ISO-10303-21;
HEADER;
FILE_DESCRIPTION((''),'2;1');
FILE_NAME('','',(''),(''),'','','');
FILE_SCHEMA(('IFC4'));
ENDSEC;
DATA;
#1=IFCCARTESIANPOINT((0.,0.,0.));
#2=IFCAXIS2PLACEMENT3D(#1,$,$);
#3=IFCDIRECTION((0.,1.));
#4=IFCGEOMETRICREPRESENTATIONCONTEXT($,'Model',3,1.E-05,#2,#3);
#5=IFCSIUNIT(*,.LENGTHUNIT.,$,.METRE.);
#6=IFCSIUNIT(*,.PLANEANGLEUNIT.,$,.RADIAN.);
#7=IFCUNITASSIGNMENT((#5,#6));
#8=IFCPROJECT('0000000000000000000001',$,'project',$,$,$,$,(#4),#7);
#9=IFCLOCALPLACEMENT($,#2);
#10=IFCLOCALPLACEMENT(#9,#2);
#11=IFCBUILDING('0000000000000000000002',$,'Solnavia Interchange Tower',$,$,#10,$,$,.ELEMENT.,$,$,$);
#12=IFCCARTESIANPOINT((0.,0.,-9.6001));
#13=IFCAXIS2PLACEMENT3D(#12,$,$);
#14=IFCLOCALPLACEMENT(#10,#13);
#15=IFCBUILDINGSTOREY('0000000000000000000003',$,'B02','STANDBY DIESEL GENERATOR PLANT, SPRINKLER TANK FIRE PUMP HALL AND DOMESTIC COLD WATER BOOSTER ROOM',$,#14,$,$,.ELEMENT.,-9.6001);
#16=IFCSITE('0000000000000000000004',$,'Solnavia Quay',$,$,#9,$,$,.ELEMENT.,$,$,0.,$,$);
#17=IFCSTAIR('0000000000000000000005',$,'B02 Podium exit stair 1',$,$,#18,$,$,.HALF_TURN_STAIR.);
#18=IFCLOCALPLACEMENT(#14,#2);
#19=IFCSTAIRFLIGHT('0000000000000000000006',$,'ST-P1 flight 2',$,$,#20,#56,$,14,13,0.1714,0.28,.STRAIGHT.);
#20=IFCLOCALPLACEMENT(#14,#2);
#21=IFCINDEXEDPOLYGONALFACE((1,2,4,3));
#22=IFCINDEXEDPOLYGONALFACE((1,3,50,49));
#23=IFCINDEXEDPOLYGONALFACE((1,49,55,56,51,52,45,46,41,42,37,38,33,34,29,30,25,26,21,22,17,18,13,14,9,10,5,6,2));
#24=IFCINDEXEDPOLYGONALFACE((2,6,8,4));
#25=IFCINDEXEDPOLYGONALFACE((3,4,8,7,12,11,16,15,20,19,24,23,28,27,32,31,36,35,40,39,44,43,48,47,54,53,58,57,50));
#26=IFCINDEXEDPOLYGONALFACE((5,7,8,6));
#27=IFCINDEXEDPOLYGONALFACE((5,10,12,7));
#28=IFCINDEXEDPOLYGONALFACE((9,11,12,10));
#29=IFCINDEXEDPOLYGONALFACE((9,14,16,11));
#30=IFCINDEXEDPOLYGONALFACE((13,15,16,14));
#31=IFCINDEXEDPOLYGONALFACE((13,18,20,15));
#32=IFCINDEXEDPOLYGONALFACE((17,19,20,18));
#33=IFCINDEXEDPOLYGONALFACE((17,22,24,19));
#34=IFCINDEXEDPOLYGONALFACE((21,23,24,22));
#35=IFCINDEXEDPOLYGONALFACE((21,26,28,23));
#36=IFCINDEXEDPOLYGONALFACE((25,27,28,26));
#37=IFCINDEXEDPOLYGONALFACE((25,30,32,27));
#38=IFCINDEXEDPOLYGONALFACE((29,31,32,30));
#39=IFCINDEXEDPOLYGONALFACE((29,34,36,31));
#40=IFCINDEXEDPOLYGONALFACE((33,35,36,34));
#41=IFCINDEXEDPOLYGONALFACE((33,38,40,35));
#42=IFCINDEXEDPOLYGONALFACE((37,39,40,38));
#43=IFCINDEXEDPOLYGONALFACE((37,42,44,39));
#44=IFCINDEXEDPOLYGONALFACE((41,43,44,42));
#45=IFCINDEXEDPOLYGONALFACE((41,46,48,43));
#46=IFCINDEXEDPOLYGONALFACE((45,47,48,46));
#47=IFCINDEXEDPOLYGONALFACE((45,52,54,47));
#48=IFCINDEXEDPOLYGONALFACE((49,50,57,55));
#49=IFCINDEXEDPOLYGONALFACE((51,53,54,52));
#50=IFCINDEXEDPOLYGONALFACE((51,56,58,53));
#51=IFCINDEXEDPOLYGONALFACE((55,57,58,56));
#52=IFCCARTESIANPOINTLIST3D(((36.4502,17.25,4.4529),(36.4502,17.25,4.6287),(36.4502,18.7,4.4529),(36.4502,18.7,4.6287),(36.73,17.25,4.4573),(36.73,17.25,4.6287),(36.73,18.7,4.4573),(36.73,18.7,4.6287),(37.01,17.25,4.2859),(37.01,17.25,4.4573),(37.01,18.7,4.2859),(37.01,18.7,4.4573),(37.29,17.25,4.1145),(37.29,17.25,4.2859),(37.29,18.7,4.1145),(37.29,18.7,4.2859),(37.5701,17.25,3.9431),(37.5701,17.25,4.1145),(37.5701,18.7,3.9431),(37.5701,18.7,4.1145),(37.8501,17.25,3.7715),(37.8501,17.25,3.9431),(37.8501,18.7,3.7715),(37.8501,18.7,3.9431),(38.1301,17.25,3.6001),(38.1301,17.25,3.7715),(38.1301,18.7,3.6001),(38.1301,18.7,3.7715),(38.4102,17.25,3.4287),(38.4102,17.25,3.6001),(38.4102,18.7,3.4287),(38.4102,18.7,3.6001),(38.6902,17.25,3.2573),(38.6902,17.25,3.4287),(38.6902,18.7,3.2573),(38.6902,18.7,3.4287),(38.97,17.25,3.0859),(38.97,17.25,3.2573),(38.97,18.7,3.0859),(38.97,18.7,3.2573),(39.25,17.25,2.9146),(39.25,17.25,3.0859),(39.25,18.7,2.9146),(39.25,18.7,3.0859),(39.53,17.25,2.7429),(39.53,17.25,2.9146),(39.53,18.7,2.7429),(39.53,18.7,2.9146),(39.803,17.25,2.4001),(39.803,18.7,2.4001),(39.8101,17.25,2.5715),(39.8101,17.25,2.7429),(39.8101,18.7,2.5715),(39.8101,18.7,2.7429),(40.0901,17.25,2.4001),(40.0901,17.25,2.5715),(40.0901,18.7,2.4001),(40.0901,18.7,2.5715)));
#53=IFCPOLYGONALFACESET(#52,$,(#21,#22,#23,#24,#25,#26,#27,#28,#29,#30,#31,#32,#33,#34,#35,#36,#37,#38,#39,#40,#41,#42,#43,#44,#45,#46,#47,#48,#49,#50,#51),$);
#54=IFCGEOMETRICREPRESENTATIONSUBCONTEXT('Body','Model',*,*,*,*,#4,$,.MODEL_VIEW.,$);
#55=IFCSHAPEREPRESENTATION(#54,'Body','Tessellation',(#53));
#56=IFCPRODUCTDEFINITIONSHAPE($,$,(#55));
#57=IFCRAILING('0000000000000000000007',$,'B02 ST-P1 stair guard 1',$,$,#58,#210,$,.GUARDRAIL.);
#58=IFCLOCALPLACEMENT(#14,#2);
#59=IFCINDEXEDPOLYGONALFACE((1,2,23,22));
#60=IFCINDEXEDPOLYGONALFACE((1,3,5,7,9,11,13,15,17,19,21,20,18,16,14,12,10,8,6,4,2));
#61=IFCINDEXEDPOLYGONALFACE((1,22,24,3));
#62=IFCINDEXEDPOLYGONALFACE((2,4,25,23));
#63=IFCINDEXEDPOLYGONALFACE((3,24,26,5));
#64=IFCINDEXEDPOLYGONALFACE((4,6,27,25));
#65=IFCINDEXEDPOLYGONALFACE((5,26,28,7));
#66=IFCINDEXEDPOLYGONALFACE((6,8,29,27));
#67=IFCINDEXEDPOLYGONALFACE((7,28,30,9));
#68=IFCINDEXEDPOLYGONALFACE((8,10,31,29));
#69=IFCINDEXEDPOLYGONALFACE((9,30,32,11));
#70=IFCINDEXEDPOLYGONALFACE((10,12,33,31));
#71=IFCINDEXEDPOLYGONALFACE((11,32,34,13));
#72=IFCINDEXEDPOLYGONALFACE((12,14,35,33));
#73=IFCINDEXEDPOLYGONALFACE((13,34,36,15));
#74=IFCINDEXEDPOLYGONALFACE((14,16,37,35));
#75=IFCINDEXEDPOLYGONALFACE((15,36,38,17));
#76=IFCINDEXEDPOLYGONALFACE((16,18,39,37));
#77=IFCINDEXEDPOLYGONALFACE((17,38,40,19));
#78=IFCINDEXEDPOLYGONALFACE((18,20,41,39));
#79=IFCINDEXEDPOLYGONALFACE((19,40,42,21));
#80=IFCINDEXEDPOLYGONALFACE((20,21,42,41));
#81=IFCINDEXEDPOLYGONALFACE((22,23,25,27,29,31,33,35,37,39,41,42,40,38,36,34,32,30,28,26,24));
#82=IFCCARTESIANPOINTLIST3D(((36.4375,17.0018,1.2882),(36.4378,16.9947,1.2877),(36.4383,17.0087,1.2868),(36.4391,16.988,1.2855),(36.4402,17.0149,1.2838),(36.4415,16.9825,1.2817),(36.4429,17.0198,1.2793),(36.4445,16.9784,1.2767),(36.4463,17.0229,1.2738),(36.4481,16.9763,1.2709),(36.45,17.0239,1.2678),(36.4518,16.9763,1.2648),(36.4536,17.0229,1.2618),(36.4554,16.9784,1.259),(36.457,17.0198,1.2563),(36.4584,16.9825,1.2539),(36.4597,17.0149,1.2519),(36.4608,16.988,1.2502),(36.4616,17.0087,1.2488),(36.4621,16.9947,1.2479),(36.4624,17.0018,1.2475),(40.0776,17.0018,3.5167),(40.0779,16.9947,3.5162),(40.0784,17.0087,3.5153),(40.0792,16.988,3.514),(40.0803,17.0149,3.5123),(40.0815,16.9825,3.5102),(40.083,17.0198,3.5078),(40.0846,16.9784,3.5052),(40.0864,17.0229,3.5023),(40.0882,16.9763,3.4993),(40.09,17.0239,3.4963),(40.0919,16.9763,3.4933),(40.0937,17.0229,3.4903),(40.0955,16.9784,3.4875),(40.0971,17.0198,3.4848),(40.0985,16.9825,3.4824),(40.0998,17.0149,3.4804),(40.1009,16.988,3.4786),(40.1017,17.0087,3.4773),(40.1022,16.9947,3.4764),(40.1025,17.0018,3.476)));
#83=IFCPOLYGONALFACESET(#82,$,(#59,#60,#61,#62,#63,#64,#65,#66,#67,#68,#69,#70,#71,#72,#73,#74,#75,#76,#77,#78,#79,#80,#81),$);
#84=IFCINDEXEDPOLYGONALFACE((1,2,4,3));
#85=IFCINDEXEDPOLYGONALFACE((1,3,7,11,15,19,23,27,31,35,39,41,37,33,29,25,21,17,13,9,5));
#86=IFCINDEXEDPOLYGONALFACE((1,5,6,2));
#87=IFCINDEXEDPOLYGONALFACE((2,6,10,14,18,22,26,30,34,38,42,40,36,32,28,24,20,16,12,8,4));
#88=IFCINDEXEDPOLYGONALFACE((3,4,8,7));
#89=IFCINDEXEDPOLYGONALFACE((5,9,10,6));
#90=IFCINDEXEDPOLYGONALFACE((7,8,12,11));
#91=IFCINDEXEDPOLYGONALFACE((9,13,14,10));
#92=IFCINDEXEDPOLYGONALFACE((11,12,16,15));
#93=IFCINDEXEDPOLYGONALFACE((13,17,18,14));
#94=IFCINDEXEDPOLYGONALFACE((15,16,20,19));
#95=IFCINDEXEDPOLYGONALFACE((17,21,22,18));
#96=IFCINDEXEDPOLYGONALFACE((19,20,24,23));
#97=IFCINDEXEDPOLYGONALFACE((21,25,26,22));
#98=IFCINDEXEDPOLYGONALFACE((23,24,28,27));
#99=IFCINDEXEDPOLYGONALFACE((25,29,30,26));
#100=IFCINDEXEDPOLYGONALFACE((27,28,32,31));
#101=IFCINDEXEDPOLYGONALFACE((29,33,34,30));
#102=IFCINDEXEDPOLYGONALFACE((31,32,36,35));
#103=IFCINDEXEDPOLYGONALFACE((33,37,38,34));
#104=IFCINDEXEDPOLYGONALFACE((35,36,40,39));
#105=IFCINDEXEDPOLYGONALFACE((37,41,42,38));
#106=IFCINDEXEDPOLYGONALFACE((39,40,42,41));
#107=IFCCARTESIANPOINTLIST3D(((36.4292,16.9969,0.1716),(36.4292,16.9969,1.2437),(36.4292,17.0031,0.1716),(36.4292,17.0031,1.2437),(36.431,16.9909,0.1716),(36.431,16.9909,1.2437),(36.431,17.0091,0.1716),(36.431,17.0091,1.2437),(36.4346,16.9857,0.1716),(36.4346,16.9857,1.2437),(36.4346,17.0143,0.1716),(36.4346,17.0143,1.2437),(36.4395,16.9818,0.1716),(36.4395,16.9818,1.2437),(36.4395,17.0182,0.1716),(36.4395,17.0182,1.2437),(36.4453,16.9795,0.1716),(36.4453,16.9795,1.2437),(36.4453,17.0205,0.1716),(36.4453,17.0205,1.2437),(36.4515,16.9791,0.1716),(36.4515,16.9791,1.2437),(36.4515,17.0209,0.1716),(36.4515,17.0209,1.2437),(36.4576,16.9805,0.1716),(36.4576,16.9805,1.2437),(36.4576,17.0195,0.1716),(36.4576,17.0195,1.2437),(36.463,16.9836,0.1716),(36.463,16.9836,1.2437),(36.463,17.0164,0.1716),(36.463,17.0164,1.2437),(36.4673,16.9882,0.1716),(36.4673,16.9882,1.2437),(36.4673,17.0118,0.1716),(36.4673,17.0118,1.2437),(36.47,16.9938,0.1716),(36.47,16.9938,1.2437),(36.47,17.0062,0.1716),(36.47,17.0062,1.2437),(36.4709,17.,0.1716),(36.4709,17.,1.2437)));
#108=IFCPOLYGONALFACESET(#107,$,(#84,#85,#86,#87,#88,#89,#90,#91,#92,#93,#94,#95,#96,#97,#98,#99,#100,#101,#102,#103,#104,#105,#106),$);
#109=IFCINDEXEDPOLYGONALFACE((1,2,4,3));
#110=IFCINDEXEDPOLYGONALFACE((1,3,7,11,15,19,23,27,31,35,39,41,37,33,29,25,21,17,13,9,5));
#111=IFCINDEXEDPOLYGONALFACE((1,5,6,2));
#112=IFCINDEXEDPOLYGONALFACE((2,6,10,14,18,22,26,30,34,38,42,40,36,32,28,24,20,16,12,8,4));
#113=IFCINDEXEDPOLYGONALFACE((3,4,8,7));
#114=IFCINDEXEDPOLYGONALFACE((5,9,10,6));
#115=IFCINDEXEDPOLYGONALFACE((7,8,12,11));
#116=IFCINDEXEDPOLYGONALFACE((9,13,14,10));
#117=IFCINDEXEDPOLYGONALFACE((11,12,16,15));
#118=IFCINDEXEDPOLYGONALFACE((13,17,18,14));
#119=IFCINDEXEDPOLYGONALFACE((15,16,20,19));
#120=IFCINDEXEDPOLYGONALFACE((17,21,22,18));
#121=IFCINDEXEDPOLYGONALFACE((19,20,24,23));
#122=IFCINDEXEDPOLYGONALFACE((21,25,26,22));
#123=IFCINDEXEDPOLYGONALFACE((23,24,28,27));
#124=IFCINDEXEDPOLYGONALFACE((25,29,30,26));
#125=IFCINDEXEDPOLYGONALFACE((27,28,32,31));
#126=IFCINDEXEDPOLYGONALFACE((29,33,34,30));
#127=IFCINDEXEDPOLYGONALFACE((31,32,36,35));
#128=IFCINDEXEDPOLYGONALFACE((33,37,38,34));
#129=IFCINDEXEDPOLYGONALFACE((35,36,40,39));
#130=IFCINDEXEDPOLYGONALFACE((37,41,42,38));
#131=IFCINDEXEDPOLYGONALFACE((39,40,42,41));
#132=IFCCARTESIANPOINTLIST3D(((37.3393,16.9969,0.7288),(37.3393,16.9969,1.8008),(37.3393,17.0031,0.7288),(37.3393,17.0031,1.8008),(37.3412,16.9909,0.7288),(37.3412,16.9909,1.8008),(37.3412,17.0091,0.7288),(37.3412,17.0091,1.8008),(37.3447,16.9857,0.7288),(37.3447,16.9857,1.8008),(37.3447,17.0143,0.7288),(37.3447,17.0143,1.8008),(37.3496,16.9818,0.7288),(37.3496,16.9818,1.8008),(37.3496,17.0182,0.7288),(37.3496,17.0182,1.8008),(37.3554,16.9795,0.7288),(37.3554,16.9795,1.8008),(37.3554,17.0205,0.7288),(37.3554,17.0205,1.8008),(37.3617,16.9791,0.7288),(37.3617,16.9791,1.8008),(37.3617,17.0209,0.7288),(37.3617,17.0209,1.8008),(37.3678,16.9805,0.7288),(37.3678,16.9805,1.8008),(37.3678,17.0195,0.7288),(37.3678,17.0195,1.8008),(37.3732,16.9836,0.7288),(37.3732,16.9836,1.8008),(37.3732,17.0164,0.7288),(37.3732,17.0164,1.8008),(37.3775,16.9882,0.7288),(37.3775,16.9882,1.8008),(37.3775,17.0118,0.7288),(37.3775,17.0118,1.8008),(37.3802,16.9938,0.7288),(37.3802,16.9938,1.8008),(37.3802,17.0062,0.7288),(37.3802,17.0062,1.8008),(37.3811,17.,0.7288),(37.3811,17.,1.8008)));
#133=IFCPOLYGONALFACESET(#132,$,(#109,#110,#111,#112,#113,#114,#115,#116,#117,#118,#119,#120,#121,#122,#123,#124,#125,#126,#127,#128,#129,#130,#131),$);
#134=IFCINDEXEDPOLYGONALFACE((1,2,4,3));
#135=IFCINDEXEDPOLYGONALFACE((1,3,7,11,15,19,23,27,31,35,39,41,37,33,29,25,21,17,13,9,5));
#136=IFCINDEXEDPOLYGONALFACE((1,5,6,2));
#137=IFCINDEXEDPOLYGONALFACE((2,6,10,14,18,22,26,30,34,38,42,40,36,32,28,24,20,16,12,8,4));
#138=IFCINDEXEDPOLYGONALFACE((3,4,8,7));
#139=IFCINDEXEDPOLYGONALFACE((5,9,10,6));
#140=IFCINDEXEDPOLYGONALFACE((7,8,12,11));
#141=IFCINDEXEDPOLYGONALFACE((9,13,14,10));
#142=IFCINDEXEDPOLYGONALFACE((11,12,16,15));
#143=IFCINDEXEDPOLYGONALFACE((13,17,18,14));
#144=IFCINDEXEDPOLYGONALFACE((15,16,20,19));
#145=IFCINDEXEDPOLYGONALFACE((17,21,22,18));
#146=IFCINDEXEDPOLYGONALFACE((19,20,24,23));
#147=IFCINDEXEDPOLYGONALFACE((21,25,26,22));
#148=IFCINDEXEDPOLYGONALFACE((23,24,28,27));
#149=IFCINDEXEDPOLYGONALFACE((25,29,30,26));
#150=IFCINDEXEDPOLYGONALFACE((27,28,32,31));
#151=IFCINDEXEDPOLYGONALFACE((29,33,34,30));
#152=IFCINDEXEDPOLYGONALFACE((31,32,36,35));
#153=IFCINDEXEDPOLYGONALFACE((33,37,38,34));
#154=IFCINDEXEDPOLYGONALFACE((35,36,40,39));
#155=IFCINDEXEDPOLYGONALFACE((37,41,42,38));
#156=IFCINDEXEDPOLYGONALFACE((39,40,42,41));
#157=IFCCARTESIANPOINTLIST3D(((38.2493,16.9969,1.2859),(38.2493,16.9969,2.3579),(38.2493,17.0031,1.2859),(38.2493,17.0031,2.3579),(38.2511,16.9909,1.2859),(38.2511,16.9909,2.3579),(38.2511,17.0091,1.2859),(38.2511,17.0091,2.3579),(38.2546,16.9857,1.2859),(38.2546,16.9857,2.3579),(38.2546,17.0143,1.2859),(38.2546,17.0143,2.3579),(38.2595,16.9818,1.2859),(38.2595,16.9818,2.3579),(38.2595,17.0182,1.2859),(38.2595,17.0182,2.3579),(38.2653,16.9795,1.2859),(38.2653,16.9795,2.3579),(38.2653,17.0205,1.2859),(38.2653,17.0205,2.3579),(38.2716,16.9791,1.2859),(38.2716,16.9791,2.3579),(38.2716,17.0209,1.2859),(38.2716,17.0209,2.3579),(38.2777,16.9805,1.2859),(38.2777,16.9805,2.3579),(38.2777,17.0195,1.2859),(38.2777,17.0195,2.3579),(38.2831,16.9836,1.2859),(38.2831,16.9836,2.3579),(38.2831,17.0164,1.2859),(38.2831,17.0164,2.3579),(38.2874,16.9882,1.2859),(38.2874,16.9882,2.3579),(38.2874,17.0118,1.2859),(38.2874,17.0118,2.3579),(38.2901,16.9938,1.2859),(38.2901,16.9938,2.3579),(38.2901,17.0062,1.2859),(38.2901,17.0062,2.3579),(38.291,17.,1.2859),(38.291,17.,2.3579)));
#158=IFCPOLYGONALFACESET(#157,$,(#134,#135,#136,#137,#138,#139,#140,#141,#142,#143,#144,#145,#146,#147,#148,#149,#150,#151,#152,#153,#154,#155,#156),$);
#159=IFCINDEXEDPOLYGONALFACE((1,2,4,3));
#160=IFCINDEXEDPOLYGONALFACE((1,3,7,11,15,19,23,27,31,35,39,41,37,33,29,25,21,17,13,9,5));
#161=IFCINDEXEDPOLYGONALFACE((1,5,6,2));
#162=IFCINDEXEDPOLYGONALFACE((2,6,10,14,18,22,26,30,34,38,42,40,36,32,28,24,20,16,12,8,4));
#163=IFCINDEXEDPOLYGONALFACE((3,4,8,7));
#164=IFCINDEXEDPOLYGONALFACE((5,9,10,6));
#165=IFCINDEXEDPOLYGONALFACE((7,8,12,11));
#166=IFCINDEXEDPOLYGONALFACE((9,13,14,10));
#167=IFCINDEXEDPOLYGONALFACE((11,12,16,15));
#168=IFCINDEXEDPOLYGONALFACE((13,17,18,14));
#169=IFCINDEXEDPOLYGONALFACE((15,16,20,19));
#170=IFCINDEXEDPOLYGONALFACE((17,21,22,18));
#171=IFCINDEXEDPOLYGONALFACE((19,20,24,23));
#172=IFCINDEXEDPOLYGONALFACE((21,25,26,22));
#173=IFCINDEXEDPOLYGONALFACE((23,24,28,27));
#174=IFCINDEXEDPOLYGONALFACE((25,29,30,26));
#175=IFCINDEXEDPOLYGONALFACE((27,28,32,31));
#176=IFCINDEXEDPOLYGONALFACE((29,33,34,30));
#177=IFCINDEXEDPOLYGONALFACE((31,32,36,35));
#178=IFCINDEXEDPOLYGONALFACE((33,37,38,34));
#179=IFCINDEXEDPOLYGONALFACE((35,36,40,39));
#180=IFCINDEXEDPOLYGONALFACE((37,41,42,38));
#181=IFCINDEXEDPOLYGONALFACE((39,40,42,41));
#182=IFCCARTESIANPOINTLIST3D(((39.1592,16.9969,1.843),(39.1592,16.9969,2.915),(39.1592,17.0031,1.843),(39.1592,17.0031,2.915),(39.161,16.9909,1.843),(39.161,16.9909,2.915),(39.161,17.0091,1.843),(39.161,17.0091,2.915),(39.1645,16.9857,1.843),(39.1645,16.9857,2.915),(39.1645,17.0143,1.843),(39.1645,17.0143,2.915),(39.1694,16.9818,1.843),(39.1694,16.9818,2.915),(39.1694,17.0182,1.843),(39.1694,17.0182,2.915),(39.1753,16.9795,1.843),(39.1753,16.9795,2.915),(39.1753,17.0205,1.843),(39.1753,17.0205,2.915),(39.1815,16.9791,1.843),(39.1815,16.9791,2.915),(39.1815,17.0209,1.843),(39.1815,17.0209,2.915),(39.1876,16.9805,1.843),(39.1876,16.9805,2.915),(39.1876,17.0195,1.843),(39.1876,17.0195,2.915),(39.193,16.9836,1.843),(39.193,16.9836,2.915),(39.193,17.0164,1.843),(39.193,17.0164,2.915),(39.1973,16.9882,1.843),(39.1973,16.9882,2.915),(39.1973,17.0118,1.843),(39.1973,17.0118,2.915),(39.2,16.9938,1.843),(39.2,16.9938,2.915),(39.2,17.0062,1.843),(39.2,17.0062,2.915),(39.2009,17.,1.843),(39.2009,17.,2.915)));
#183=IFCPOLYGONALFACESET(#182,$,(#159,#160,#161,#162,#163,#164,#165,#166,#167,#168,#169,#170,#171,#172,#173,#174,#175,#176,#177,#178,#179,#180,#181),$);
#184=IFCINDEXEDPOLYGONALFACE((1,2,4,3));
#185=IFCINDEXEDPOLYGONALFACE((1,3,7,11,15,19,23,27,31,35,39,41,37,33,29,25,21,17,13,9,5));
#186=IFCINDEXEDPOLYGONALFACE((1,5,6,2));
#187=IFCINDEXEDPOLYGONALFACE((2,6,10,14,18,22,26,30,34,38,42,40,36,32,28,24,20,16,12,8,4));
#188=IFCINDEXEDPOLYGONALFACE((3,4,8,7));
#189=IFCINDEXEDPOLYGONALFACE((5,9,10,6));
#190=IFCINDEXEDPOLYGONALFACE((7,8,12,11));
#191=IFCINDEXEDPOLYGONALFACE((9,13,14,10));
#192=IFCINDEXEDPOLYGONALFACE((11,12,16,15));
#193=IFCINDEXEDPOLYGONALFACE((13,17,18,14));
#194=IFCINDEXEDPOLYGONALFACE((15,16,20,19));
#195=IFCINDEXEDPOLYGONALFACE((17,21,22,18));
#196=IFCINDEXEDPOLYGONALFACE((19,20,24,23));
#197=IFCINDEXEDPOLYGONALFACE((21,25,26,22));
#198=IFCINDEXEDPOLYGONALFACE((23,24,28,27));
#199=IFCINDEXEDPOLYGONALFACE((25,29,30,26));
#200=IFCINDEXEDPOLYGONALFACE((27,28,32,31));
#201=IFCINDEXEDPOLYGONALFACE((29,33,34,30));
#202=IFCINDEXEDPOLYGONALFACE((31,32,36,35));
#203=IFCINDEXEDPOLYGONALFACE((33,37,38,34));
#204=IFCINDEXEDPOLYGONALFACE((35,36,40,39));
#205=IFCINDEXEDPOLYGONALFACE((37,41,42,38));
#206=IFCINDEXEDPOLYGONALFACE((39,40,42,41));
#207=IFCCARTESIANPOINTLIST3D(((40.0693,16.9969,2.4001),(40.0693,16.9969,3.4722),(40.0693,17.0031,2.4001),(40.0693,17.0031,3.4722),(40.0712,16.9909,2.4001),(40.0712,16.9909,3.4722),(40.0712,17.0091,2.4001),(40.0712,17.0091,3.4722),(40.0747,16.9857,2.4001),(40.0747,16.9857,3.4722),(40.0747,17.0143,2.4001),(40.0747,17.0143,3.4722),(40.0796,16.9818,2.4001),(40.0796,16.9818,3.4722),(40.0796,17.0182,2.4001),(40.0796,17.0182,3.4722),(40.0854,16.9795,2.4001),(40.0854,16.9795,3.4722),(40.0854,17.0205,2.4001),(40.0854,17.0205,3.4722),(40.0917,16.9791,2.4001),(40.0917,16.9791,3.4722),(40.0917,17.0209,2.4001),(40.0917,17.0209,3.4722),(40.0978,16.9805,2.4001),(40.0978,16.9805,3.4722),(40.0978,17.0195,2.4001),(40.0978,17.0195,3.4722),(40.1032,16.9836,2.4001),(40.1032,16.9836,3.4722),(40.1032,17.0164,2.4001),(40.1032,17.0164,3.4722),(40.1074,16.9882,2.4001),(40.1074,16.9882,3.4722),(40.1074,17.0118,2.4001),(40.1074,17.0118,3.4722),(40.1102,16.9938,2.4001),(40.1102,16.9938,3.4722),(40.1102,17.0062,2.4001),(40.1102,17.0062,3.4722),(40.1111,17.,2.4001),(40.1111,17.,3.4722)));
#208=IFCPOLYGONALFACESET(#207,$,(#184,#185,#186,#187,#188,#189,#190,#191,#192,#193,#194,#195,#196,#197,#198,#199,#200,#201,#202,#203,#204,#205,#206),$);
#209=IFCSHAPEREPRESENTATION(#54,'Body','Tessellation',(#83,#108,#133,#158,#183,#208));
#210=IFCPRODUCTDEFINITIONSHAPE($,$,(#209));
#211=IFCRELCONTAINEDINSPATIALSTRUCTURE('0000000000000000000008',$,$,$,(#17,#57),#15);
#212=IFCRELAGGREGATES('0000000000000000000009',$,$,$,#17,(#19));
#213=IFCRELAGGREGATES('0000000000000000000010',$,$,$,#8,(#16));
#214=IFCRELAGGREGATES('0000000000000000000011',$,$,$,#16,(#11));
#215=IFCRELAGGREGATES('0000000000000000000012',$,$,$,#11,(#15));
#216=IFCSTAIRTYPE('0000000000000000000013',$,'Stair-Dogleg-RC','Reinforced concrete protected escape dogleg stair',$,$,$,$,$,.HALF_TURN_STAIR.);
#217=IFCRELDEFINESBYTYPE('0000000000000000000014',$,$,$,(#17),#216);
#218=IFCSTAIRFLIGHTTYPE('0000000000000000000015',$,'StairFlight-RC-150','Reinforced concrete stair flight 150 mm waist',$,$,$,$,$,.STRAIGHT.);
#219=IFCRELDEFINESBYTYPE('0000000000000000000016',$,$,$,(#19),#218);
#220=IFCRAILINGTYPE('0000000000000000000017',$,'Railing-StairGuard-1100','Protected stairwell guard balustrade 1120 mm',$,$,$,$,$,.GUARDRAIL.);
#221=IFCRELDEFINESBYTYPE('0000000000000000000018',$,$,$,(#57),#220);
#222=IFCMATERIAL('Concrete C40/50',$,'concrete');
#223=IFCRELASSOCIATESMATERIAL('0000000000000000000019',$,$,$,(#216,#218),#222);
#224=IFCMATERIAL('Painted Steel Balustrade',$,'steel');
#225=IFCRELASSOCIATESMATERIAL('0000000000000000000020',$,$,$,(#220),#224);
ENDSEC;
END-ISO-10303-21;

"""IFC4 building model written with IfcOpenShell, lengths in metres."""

from ifc_helpers import new_model, si_unit, direction, frame, origin, origin_2d, place, context, subcontext, project, spatial, polyline, circle, outline, extrude, material, type_object, element, aggregate, save


model = new_model("IFC4")

# Units and contexts
model_context = context("Model", 3, precision=1e-05, world=origin(), true_north=direction((0.0, 1.0)))
body_context = subcontext(model_context, "Body", "Model", "MODEL_VIEW")
ifc_project = project(units=[si_unit("LENGTHUNIT", "METRE"), si_unit("PLANEANGLEUNIT", "RADIAN")], contexts=[model_context])

# Site, building, storey
site_placement = place(None, origin())
site = spatial("IfcSite", under=ifc_project, at=site_placement, Name="Solnavia Quay", CompositionType="ELEMENT", RefElevation=0.0)
building_placement = place(site_placement, origin())
building = spatial("IfcBuilding", under=site, at=building_placement, Name="Solnavia Interchange Tower", CompositionType="ELEMENT")
storey_placement = place(building_placement, frame((0.0, 0.0, -9.6001)))
storey = spatial("IfcBuildingStorey", under=building, at=storey_placement, Name="B02", Description="STANDBY DIESEL GENERATOR PLANT, SPRINKLER TANK FIRE PUMP HALL AND DOMESTIC COLD WATER BOOSTER ROOM", CompositionType="ELEMENT", Elevation=-9.6001)

# Shared definitions
ifc_material_1 = material(Name="Concrete C40/50", Category="concrete")

# Stair, stair flight
stair_type = type_object("IfcStairType", Name="Stair-Dogleg-RC", Description="Reinforced concrete protected escape dogleg stair", PredefinedType="HALF_TURN_STAIR", material=ifc_material_1)
stair_placement = place(storey_placement, origin())
stair = element("IfcStair", 1, at=stair_placement, inside=storey, type_object=stair_type, Name="B02 Podium exit stair 1", PredefinedType="HALF_TURN_STAIR")
stair_flight_type = type_object("IfcStairFlightType", Name="StairFlight-RC-150", Description="Reinforced concrete stair flight 150 mm waist", PredefinedType="STRAIGHT", material=ifc_material_1)
stair_flight_1_placement = place(storey_placement, frame((40.0901, 17.9751, 2.4001), z_axis=(0.0, 0.0, 1.0), x_axis=(-1.0, 0.0, 0.0)))
stair_flight_1 = element("IfcStairFlight", 2, at=stair_flight_1_placement, type_object=stair_flight_type, Name="ST-P1 flight 2", NumberOfRisers=14, NumberOfTreads=13, PredefinedType="STRAIGHT", RiserHeight=0.1714, TreadLength=0.28, context=body_context, shape_type="SweptSolid", body=[
    extrude(outline(polyline([(0.0, 0.0), (0.0, 0.1714), (0.28, 0.1714), (0.28, 0.3428), (0.5601, 0.3428), (0.5601, 0.5144), (0.8401, 0.5144), (0.8401, 0.6858), (1.1201, 0.6858), (1.1201, 0.8572), (1.3999, 0.8572), (1.3999, 1.0286), (1.6799, 1.0286), (1.6799, 1.2), (1.96, 1.2), (1.96, 1.3713), (2.24, 1.3713), (2.24, 1.543), (2.52, 1.543), (2.52, 1.7144), (2.8, 1.7144), (2.8, 1.8857), (3.0801, 1.8857), (3.0801, 2.0571), (3.3601, 2.0571), (3.3601, 2.2285), (3.6399, 2.2285), (3.6399, 2.3999), (3.6399, 2.0527), (0.2871, 0.0), (0.0, 0.0)])), frame((0.0, 0.7251, 0.0), z_axis=(0.0, -1.0, 0.0), x_axis=(1.0, 0.0, 0.0)), (0.0, 0.0, 1.0), 1.45),
])
aggregate(stair, [stair_flight_1])

# Railing
ifc_material_2 = material(Name="Painted Steel Balustrade", Category="steel")
railing_type_1 = type_object("IfcRailingType", Name="Railing-StairGuard-1100", Description="Protected stairwell guard balustrade 1120 mm", PredefinedType="GUARDRAIL", material=ifc_material_2)
railing_1_placement = place(storey_placement, frame((36.45, 17.0, 0.1716)))
element("IfcRailing", 3, at=railing_1_placement, inside=storey, type_object=railing_type_1, Name="B02 ST-P1 stair guard 1", PredefinedType="GUARDRAIL", context=body_context, shape_type="SweptSolid", body=[
    extrude(circle(Radius=0.0239, at=origin_2d()), frame((0.0, 0.0, 1.0962), z_axis=(0.852866, 0.0, 0.52213), x_axis=(0.0, 1.0, 0.0)), (0.0, 0.0, 1.0), 4.2681),
    extrude(circle(Radius=0.021, at=origin_2d()), origin(), (0.0, 0.0, 1.0), 1.072),
    extrude(circle(Radius=0.021, at=origin_2d()), frame((0.9102, 0.0, 0.5571)), (0.0, 0.0, 1.0), 1.072),
    extrude(circle(Radius=0.021, at=origin_2d()), frame((1.8201, 0.0, 1.1143)), (0.0, 0.0, 1.0), 1.072),
    extrude(circle(Radius=0.021, at=origin_2d()), frame((2.73, 0.0, 1.6714)), (0.0, 0.0, 1.0), 1.072),
    extrude(circle(Radius=0.021, at=origin_2d()), frame((3.6401, 0.0, 2.2285)), (0.0, 0.0, 1.0), 1.072),
])

save(model, "model.ifc")
